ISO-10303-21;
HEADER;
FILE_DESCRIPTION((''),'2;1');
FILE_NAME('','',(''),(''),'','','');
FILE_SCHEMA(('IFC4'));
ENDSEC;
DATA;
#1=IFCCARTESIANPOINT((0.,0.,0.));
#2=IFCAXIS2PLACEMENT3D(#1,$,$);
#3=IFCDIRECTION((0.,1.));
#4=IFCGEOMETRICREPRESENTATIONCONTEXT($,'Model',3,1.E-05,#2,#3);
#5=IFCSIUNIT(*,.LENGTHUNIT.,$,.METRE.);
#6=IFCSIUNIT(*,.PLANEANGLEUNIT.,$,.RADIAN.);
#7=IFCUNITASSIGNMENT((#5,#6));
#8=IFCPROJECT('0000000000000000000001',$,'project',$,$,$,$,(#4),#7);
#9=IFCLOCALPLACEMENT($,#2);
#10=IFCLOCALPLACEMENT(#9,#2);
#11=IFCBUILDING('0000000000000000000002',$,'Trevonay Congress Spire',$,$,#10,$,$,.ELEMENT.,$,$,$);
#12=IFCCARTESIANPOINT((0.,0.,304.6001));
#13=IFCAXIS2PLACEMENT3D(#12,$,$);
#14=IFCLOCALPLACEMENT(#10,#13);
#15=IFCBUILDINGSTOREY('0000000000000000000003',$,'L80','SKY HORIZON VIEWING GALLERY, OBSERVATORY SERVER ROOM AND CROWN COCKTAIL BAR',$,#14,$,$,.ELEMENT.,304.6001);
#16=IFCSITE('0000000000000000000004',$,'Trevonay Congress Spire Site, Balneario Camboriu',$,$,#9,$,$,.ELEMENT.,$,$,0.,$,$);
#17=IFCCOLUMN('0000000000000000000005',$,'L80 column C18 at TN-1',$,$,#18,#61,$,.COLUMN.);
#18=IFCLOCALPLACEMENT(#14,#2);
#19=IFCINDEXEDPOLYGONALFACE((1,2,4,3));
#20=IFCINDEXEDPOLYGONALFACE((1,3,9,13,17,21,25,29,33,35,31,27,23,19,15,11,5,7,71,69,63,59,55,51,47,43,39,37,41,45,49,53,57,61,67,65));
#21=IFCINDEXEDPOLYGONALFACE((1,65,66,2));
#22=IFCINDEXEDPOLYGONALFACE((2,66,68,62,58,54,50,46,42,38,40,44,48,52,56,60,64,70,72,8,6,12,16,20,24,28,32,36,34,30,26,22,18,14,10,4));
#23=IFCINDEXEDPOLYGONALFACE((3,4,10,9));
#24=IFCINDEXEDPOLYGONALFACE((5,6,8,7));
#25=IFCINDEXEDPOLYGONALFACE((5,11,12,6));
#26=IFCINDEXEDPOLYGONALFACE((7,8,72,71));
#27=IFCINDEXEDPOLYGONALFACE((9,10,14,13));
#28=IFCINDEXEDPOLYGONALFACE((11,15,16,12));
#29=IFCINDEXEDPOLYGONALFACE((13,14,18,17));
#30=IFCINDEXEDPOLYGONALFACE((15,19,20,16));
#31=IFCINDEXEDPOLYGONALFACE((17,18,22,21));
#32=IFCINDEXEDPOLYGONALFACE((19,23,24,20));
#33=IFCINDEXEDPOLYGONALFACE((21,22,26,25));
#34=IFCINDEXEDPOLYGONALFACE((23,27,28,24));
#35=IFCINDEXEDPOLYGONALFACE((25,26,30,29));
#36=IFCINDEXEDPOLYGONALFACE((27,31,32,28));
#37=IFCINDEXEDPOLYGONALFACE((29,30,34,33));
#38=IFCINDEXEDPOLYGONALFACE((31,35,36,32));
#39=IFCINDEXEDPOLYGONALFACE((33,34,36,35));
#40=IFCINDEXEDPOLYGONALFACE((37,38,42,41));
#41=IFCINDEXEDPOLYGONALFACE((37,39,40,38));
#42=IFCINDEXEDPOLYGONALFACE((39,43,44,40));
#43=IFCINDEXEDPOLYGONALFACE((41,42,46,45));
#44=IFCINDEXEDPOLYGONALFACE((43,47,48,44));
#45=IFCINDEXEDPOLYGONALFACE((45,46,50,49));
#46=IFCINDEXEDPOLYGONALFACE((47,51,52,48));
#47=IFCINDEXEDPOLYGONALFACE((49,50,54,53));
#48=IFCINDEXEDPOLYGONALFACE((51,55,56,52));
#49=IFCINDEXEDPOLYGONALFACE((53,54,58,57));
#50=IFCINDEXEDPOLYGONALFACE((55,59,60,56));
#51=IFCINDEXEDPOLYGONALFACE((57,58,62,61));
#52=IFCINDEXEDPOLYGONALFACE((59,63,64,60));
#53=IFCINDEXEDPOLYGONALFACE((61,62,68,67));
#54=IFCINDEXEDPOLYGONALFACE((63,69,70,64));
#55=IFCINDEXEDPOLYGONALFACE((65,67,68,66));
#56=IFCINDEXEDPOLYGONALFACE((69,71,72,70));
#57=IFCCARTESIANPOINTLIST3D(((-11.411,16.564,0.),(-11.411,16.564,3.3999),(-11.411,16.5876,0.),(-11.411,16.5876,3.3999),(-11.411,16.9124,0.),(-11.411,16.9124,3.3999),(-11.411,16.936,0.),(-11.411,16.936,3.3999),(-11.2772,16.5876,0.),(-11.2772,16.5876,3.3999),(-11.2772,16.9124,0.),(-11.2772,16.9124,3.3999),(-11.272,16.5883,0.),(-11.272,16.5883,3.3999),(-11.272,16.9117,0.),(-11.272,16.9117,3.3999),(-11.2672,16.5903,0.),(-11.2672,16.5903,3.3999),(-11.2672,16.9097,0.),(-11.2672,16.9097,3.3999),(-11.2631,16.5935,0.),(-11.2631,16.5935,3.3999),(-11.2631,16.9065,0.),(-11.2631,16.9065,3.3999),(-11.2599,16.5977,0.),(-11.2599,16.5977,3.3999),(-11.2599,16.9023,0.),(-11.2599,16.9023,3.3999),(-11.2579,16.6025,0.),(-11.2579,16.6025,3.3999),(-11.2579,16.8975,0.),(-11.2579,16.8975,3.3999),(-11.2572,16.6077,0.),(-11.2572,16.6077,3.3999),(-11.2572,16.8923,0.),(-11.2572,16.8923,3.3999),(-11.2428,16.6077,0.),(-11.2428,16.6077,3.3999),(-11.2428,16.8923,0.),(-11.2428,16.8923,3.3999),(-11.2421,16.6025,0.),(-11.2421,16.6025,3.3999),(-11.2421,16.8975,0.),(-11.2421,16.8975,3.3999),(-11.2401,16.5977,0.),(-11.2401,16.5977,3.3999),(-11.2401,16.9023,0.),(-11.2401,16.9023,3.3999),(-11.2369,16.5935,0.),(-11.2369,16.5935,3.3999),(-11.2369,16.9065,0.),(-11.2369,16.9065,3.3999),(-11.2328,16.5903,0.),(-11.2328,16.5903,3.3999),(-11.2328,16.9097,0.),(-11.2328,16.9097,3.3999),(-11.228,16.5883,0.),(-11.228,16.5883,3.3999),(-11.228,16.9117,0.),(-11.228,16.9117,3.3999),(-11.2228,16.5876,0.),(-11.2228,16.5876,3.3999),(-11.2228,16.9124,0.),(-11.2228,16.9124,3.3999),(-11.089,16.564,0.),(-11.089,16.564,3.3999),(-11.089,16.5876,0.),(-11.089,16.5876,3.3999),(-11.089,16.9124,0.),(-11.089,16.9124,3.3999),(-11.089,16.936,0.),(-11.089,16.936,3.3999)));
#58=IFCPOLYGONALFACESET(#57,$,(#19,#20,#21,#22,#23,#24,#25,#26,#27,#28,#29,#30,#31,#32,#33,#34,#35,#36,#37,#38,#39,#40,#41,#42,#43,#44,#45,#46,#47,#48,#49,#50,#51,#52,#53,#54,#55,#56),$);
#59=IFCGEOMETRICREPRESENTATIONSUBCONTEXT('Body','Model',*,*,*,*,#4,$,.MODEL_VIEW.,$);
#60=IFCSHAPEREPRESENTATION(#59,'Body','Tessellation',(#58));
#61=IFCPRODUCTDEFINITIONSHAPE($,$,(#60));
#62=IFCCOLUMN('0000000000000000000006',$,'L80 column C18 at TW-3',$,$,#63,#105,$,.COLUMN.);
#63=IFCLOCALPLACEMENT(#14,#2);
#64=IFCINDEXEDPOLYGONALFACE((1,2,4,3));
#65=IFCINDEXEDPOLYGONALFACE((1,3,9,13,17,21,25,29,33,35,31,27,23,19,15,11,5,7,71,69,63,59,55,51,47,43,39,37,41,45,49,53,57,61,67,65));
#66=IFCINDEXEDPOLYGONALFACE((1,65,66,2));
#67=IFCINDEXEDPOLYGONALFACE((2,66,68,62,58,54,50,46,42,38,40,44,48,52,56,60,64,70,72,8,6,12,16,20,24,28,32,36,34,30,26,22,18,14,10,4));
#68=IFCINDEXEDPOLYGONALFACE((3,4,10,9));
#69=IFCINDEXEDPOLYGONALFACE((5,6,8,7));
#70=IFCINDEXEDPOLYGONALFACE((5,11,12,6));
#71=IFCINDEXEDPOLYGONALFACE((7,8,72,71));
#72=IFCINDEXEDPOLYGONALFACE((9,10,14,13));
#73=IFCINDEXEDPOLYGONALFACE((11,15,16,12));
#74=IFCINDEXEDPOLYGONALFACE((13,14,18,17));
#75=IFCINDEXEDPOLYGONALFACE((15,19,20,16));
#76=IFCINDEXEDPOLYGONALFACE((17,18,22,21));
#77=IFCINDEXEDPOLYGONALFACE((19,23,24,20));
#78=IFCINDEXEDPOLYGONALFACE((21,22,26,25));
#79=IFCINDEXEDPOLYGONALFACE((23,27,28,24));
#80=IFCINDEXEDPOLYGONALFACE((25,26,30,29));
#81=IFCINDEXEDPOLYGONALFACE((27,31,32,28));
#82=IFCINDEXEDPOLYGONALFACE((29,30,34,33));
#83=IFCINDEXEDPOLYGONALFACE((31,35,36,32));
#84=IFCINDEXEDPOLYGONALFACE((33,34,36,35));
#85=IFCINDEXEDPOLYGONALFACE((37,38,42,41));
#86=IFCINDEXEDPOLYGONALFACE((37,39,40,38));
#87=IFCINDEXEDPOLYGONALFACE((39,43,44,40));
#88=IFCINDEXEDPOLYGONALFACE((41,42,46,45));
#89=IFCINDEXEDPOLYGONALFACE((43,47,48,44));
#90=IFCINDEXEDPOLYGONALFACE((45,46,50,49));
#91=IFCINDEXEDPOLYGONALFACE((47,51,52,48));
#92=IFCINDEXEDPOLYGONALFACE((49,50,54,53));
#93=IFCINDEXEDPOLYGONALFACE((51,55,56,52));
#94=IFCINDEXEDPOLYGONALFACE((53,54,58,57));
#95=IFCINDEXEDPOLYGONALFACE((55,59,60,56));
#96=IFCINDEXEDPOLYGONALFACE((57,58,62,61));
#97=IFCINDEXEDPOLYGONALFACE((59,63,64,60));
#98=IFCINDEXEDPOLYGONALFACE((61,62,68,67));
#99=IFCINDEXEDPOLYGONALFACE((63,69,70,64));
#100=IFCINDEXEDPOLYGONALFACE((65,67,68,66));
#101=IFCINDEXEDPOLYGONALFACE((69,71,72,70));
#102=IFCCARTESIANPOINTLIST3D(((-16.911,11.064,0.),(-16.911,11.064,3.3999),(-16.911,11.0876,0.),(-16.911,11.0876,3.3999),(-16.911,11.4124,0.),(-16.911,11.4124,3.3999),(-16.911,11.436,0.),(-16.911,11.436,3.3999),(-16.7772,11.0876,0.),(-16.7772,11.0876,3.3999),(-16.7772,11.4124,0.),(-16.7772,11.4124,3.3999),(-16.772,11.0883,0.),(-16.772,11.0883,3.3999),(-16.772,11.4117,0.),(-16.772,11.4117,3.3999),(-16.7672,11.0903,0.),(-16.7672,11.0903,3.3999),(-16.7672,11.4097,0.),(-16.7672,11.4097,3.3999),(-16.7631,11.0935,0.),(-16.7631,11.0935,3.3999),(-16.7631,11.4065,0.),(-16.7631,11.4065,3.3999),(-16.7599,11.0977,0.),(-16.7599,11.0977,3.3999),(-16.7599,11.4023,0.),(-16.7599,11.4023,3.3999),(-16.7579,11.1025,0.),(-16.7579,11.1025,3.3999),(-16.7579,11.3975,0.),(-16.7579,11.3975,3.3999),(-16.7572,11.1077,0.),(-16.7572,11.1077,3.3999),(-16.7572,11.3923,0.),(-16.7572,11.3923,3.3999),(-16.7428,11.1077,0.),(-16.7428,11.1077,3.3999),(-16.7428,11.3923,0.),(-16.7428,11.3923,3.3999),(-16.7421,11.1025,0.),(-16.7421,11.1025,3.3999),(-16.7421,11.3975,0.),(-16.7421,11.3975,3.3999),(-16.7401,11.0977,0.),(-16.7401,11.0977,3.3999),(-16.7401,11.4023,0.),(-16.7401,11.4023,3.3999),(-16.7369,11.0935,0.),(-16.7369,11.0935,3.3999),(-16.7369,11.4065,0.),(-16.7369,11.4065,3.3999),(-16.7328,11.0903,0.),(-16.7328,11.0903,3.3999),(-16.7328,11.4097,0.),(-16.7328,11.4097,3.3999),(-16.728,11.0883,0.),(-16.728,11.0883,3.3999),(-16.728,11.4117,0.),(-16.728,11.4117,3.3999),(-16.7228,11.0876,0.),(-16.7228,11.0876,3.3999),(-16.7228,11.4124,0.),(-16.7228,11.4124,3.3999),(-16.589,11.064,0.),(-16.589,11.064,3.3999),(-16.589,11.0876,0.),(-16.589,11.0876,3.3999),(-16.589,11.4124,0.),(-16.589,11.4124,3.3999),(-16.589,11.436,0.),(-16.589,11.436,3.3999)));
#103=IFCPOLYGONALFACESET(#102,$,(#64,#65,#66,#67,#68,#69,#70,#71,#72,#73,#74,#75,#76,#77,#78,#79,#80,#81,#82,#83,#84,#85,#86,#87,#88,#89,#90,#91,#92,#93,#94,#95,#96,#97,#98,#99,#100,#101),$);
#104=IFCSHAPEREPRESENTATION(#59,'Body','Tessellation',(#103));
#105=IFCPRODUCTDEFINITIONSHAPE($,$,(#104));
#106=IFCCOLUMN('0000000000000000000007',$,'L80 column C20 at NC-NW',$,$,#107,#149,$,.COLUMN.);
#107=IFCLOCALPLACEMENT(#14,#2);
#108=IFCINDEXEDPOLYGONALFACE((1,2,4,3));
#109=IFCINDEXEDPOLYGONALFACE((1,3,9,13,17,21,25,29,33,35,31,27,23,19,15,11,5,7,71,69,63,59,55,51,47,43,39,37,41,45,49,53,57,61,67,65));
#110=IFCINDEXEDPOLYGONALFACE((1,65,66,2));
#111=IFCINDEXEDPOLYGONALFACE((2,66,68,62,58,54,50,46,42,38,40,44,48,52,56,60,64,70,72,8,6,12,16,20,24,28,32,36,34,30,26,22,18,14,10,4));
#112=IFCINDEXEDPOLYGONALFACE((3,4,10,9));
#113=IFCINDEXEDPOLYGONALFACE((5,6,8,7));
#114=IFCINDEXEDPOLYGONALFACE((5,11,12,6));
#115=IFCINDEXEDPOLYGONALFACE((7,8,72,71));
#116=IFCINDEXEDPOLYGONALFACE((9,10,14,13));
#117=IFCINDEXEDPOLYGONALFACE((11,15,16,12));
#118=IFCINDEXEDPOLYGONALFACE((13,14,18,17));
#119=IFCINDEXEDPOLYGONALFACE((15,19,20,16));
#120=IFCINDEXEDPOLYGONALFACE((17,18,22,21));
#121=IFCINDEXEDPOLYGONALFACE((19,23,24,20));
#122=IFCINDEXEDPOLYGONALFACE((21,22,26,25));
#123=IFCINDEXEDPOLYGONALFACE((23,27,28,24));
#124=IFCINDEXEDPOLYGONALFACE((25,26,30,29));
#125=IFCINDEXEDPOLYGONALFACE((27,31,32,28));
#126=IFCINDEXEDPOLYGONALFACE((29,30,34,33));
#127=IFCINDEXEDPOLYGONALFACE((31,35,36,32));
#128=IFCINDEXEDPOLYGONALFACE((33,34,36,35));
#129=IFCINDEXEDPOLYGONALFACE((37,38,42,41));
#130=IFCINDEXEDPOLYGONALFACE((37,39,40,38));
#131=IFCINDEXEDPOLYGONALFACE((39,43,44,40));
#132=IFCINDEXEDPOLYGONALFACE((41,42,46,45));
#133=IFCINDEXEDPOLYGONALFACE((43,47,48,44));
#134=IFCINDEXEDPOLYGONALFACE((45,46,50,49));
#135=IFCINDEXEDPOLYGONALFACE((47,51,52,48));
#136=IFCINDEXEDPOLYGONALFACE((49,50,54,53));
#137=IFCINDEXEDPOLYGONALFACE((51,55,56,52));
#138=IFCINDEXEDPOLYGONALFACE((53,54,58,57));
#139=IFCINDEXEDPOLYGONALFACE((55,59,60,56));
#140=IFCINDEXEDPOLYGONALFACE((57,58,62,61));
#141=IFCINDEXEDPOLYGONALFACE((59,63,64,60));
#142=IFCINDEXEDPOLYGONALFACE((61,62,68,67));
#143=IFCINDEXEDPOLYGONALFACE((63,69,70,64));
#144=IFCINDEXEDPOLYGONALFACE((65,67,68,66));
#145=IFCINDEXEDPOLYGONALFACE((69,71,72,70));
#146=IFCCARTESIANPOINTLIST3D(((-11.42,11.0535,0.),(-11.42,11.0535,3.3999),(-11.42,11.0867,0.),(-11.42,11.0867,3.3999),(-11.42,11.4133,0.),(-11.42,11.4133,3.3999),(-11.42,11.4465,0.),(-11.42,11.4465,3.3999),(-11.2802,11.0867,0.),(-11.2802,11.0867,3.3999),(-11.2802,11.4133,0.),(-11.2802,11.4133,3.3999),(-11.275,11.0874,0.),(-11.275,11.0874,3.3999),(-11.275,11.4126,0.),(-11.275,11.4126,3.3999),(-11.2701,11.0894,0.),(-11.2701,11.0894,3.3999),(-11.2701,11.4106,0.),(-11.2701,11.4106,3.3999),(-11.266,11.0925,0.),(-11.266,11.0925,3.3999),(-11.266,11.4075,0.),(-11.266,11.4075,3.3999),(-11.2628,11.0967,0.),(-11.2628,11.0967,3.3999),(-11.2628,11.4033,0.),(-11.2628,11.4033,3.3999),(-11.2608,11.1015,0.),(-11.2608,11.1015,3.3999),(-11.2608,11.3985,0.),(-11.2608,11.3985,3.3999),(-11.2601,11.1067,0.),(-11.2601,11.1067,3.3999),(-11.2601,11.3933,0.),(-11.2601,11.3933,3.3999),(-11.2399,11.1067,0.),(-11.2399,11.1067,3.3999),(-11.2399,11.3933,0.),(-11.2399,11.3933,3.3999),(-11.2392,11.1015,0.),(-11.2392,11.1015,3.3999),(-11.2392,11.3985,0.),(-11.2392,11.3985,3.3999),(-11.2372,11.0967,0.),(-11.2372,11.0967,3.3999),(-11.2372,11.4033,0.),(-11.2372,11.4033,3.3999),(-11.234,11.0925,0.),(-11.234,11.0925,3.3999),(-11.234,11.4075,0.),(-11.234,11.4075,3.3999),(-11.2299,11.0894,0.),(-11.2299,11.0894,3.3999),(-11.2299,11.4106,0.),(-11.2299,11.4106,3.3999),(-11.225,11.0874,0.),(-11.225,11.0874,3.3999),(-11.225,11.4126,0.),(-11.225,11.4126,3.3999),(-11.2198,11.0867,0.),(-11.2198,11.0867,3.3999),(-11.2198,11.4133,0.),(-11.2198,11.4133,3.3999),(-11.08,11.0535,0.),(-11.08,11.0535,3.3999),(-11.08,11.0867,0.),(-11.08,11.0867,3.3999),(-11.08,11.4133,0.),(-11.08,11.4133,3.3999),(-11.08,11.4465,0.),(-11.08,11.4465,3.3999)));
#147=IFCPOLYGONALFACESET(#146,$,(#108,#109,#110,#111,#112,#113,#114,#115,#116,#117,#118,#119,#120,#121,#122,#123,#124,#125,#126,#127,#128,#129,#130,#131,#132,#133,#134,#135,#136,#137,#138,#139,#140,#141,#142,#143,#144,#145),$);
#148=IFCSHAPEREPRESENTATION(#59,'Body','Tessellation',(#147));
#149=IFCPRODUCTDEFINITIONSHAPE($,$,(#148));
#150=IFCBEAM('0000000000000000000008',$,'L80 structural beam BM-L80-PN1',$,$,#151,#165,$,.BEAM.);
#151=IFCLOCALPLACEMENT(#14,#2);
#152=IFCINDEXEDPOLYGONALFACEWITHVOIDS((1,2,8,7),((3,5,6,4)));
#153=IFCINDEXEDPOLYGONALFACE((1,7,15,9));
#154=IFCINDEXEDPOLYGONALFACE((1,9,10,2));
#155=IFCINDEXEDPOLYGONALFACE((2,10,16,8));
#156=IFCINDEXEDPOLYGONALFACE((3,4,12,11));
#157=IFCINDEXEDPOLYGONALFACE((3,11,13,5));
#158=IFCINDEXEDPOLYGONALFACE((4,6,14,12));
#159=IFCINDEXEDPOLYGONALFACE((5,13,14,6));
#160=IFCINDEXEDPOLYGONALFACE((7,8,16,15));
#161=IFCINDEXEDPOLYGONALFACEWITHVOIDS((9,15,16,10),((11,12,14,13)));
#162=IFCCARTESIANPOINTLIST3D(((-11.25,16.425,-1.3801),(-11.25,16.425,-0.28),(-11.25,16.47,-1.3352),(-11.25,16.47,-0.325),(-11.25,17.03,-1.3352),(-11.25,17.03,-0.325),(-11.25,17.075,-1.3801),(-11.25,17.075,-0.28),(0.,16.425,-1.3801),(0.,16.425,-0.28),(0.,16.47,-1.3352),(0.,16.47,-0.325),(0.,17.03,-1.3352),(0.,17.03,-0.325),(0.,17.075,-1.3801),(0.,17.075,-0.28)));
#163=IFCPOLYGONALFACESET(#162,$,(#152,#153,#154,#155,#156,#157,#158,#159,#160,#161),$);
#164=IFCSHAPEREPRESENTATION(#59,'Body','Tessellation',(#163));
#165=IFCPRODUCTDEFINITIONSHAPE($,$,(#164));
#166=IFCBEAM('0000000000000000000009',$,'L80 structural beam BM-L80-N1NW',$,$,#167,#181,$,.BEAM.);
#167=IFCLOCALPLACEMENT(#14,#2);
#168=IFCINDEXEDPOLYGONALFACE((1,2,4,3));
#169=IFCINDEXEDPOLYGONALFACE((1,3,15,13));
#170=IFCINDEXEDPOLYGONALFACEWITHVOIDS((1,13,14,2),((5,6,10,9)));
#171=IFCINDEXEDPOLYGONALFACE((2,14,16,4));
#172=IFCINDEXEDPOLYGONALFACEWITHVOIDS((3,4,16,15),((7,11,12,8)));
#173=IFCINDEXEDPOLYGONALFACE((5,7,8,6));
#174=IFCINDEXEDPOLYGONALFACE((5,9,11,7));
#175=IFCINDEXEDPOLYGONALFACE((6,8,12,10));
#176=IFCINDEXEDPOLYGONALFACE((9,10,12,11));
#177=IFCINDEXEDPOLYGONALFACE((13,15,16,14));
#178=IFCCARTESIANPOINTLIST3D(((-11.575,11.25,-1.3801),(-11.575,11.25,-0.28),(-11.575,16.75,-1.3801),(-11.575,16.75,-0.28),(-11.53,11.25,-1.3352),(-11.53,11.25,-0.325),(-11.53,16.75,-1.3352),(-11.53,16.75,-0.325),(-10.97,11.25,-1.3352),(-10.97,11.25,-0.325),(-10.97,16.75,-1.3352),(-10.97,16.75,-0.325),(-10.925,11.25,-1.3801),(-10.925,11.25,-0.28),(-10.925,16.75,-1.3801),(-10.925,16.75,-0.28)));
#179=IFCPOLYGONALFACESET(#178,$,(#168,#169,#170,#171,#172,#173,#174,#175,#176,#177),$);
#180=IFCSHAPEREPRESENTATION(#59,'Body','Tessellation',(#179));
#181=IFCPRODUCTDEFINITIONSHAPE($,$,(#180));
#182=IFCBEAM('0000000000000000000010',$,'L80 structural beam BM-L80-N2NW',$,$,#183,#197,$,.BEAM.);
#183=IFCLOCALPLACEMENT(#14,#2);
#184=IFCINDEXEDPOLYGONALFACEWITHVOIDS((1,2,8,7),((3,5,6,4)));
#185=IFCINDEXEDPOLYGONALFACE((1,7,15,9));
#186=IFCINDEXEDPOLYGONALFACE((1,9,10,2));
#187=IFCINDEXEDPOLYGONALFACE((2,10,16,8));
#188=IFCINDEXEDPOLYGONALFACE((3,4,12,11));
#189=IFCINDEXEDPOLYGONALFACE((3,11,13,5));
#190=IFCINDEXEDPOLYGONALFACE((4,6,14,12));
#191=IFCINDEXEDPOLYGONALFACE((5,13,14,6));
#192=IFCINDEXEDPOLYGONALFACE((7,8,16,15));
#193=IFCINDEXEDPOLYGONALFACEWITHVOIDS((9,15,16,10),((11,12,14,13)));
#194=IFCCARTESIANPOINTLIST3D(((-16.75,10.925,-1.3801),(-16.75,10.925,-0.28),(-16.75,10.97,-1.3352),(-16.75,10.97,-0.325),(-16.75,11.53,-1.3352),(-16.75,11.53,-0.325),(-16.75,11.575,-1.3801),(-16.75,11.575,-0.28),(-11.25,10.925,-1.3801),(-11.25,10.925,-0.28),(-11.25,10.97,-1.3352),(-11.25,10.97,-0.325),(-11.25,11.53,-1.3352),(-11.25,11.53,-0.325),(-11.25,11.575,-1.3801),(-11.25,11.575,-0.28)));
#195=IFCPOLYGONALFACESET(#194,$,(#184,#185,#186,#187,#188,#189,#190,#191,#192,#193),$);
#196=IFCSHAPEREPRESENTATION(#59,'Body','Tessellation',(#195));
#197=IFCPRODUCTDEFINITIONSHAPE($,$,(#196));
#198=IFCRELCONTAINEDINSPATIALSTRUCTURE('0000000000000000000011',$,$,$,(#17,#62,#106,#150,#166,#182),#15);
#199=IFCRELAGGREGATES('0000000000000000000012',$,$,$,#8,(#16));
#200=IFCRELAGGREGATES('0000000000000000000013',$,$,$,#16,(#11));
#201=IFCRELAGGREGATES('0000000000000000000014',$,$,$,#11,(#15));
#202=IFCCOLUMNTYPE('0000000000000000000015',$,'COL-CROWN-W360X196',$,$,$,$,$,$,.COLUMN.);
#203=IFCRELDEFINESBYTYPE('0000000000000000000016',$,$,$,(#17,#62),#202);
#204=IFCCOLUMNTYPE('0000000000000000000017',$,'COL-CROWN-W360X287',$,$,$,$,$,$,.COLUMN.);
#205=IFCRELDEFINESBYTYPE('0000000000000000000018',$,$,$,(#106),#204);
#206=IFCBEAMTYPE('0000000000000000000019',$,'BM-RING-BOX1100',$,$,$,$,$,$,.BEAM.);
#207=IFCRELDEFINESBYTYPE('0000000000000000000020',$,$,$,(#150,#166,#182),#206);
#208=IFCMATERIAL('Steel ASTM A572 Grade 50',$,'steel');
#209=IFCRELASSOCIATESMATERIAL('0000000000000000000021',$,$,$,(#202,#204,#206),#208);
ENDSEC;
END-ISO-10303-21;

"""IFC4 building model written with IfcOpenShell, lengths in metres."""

from ifc_helpers import new_model, si_unit, direction, frame, origin, origin_2d, place, context, subcontext, project, spatial, hollow_rectangle, i_section, extrude, material, material_profile, profile_set, type_object, element, save


model = new_model("IFC4")

# Units and contexts
model_context = context("Model", 3, precision=1e-05, world=origin(), true_north=direction((0.0, 1.0)))
body_context = subcontext(model_context, "Body", "Model", "MODEL_VIEW")
ifc_project = project(units=[si_unit("LENGTHUNIT", "METRE"), si_unit("PLANEANGLEUNIT", "RADIAN")], contexts=[model_context])

# Site, building, storey
site_placement = place(None, origin())
site = spatial("IfcSite", under=ifc_project, at=site_placement, Name="Trevonay Congress Spire Site, Balneario Camboriu", CompositionType="ELEMENT", RefElevation=0.0)
building_placement = place(site_placement, origin())
building = spatial("IfcBuilding", under=site, at=building_placement, Name="Trevonay Congress Spire", CompositionType="ELEMENT")
storey_placement = place(building_placement, frame((0.0, 0.0, 304.6001)))
storey = spatial("IfcBuildingStorey", under=building, at=storey_placement, Name="L80", Description="SKY HORIZON VIEWING GALLERY, OBSERVATORY SERVER ROOM AND CROWN COCKTAIL BAR", CompositionType="ELEMENT", Elevation=304.6001)

# Columns
ifc_material_1 = material(Name="Steel ASTM A572 Grade 50", Category="steel")
ifc_material_profile_1 = material_profile(ifc_material_1, i_section(OverallWidth=0.322, OverallDepth=0.3721, WebThickness=0.0144, FlangeThickness=0.0237, FilletRadius=0.02, at=origin_2d()), Name="W360x196")
ifc_profile_set_1 = profile_set([ifc_material_profile_1], Name="Steel ASTM A572 Grade 50")
column_type_1 = type_object("IfcColumnType", Name="COL-CROWN-W360X196", PredefinedType="COLUMN", material=ifc_profile_set_1)
for number, where, z_axis, x_axis, name in (
    (1, (-11.25, 16.75, 0.0), (0.0, 0.0, 1.0), (1.0, 0.0, 0.0), "L80 column C18 at TN-1"),
    (2, (-16.75, 11.25, 0.0), (0.0, 0.0, 1.0), (1.0, 0.0, 0.0), "L80 column C18 at TW-3"),
):
    element("IfcColumn", number, at=place(storey_placement, frame(where, z_axis=z_axis, x_axis=x_axis)), inside=storey, type_object=column_type_1, Name=name, PredefinedType="COLUMN", context=body_context, shape_type="SweptSolid", body=[
        extrude(i_section(OverallWidth=0.322, OverallDepth=0.3721, WebThickness=0.0144, FlangeThickness=0.0237, FilletRadius=0.02, at=origin_2d()), origin(), (0.0, 0.0, 1.0), 3.3999),
    ])
ifc_material_profile_2 = material_profile(ifc_material_1, i_section(OverallWidth=0.3401, OverallDepth=0.3931, WebThickness=0.0203, FlangeThickness=0.0332, FilletRadius=0.02, at=origin_2d()), Name="W360x287")
ifc_profile_set_2 = profile_set([ifc_material_profile_2], Name="Steel ASTM A572 Grade 50")
column_type_2 = type_object("IfcColumnType", Name="COL-CROWN-W360X287", PredefinedType="COLUMN", material=ifc_profile_set_2)
column_placement = place(storey_placement, frame((-11.25, 11.25, 0.0), z_axis=(0.0, 0.0, 1.0), x_axis=(1.0, 0.0, 0.0)))
element("IfcColumn", 3, at=column_placement, inside=storey, type_object=column_type_2, Name="L80 column C20 at NC-NW", PredefinedType="COLUMN", context=body_context, shape_type="SweptSolid", body=[
    extrude(i_section(OverallWidth=0.3401, OverallDepth=0.3931, WebThickness=0.0203, FlangeThickness=0.0332, FilletRadius=0.02, at=origin_2d()), origin(), (0.0, 0.0, 1.0), 3.3999),
])

# Beams
ifc_material_profile_3 = material_profile(ifc_material_1, hollow_rectangle(XDim=0.6499, YDim=1.1001, WallThickness=0.0449, at=origin_2d()), Name="BOX 1100x650x45")
ifc_profile_set_3 = profile_set([ifc_material_profile_3], Name="Steel ASTM A572 Grade 50")
beam_type_1 = type_object("IfcBeamType", Name="BM-RING-BOX1100", PredefinedType="BEAM", material=ifc_profile_set_3)
beam_1_placement = place(storey_placement, frame((-11.25, 16.75, -0.8301), z_axis=(1.0, 0.0, 0.0), x_axis=(0.0, 1.0, 0.0)))
element("IfcBeam", 4, at=beam_1_placement, inside=storey, type_object=beam_type_1, Name="L80 structural beam BM-L80-PN1", PredefinedType="BEAM", context=body_context, shape_type="SweptSolid", body=[
    extrude(hollow_rectangle(XDim=0.6499, YDim=1.1001, WallThickness=0.0449, at=origin_2d()), origin(), (0.0, 0.0, 1.0), 11.25),
])
for number, where, z_axis, x_axis, name in (
    (5, (-11.25, 16.75, -0.8301), (0.0, -1.0, 0.0), (1.0, 0.0, 0.0), "L80 structural beam BM-L80-N1NW"),
    (6, (-16.75, 11.25, -0.8301), (1.0, 0.0, 0.0), (0.0, 1.0, 0.0), "L80 structural beam BM-L80-N2NW"),
):
    element("IfcBeam", number, at=place(storey_placement, frame(where, z_axis=z_axis, x_axis=x_axis)), inside=storey, type_object=beam_type_1, Name=name, PredefinedType="BEAM", context=body_context, shape_type="SweptSolid", body=[
        extrude(hollow_rectangle(XDim=0.6499, YDim=1.1001, WallThickness=0.0449, at=origin_2d()), origin(), (0.0, 0.0, 1.0), 5.5),
    ])

save(model, "model.ifc")
